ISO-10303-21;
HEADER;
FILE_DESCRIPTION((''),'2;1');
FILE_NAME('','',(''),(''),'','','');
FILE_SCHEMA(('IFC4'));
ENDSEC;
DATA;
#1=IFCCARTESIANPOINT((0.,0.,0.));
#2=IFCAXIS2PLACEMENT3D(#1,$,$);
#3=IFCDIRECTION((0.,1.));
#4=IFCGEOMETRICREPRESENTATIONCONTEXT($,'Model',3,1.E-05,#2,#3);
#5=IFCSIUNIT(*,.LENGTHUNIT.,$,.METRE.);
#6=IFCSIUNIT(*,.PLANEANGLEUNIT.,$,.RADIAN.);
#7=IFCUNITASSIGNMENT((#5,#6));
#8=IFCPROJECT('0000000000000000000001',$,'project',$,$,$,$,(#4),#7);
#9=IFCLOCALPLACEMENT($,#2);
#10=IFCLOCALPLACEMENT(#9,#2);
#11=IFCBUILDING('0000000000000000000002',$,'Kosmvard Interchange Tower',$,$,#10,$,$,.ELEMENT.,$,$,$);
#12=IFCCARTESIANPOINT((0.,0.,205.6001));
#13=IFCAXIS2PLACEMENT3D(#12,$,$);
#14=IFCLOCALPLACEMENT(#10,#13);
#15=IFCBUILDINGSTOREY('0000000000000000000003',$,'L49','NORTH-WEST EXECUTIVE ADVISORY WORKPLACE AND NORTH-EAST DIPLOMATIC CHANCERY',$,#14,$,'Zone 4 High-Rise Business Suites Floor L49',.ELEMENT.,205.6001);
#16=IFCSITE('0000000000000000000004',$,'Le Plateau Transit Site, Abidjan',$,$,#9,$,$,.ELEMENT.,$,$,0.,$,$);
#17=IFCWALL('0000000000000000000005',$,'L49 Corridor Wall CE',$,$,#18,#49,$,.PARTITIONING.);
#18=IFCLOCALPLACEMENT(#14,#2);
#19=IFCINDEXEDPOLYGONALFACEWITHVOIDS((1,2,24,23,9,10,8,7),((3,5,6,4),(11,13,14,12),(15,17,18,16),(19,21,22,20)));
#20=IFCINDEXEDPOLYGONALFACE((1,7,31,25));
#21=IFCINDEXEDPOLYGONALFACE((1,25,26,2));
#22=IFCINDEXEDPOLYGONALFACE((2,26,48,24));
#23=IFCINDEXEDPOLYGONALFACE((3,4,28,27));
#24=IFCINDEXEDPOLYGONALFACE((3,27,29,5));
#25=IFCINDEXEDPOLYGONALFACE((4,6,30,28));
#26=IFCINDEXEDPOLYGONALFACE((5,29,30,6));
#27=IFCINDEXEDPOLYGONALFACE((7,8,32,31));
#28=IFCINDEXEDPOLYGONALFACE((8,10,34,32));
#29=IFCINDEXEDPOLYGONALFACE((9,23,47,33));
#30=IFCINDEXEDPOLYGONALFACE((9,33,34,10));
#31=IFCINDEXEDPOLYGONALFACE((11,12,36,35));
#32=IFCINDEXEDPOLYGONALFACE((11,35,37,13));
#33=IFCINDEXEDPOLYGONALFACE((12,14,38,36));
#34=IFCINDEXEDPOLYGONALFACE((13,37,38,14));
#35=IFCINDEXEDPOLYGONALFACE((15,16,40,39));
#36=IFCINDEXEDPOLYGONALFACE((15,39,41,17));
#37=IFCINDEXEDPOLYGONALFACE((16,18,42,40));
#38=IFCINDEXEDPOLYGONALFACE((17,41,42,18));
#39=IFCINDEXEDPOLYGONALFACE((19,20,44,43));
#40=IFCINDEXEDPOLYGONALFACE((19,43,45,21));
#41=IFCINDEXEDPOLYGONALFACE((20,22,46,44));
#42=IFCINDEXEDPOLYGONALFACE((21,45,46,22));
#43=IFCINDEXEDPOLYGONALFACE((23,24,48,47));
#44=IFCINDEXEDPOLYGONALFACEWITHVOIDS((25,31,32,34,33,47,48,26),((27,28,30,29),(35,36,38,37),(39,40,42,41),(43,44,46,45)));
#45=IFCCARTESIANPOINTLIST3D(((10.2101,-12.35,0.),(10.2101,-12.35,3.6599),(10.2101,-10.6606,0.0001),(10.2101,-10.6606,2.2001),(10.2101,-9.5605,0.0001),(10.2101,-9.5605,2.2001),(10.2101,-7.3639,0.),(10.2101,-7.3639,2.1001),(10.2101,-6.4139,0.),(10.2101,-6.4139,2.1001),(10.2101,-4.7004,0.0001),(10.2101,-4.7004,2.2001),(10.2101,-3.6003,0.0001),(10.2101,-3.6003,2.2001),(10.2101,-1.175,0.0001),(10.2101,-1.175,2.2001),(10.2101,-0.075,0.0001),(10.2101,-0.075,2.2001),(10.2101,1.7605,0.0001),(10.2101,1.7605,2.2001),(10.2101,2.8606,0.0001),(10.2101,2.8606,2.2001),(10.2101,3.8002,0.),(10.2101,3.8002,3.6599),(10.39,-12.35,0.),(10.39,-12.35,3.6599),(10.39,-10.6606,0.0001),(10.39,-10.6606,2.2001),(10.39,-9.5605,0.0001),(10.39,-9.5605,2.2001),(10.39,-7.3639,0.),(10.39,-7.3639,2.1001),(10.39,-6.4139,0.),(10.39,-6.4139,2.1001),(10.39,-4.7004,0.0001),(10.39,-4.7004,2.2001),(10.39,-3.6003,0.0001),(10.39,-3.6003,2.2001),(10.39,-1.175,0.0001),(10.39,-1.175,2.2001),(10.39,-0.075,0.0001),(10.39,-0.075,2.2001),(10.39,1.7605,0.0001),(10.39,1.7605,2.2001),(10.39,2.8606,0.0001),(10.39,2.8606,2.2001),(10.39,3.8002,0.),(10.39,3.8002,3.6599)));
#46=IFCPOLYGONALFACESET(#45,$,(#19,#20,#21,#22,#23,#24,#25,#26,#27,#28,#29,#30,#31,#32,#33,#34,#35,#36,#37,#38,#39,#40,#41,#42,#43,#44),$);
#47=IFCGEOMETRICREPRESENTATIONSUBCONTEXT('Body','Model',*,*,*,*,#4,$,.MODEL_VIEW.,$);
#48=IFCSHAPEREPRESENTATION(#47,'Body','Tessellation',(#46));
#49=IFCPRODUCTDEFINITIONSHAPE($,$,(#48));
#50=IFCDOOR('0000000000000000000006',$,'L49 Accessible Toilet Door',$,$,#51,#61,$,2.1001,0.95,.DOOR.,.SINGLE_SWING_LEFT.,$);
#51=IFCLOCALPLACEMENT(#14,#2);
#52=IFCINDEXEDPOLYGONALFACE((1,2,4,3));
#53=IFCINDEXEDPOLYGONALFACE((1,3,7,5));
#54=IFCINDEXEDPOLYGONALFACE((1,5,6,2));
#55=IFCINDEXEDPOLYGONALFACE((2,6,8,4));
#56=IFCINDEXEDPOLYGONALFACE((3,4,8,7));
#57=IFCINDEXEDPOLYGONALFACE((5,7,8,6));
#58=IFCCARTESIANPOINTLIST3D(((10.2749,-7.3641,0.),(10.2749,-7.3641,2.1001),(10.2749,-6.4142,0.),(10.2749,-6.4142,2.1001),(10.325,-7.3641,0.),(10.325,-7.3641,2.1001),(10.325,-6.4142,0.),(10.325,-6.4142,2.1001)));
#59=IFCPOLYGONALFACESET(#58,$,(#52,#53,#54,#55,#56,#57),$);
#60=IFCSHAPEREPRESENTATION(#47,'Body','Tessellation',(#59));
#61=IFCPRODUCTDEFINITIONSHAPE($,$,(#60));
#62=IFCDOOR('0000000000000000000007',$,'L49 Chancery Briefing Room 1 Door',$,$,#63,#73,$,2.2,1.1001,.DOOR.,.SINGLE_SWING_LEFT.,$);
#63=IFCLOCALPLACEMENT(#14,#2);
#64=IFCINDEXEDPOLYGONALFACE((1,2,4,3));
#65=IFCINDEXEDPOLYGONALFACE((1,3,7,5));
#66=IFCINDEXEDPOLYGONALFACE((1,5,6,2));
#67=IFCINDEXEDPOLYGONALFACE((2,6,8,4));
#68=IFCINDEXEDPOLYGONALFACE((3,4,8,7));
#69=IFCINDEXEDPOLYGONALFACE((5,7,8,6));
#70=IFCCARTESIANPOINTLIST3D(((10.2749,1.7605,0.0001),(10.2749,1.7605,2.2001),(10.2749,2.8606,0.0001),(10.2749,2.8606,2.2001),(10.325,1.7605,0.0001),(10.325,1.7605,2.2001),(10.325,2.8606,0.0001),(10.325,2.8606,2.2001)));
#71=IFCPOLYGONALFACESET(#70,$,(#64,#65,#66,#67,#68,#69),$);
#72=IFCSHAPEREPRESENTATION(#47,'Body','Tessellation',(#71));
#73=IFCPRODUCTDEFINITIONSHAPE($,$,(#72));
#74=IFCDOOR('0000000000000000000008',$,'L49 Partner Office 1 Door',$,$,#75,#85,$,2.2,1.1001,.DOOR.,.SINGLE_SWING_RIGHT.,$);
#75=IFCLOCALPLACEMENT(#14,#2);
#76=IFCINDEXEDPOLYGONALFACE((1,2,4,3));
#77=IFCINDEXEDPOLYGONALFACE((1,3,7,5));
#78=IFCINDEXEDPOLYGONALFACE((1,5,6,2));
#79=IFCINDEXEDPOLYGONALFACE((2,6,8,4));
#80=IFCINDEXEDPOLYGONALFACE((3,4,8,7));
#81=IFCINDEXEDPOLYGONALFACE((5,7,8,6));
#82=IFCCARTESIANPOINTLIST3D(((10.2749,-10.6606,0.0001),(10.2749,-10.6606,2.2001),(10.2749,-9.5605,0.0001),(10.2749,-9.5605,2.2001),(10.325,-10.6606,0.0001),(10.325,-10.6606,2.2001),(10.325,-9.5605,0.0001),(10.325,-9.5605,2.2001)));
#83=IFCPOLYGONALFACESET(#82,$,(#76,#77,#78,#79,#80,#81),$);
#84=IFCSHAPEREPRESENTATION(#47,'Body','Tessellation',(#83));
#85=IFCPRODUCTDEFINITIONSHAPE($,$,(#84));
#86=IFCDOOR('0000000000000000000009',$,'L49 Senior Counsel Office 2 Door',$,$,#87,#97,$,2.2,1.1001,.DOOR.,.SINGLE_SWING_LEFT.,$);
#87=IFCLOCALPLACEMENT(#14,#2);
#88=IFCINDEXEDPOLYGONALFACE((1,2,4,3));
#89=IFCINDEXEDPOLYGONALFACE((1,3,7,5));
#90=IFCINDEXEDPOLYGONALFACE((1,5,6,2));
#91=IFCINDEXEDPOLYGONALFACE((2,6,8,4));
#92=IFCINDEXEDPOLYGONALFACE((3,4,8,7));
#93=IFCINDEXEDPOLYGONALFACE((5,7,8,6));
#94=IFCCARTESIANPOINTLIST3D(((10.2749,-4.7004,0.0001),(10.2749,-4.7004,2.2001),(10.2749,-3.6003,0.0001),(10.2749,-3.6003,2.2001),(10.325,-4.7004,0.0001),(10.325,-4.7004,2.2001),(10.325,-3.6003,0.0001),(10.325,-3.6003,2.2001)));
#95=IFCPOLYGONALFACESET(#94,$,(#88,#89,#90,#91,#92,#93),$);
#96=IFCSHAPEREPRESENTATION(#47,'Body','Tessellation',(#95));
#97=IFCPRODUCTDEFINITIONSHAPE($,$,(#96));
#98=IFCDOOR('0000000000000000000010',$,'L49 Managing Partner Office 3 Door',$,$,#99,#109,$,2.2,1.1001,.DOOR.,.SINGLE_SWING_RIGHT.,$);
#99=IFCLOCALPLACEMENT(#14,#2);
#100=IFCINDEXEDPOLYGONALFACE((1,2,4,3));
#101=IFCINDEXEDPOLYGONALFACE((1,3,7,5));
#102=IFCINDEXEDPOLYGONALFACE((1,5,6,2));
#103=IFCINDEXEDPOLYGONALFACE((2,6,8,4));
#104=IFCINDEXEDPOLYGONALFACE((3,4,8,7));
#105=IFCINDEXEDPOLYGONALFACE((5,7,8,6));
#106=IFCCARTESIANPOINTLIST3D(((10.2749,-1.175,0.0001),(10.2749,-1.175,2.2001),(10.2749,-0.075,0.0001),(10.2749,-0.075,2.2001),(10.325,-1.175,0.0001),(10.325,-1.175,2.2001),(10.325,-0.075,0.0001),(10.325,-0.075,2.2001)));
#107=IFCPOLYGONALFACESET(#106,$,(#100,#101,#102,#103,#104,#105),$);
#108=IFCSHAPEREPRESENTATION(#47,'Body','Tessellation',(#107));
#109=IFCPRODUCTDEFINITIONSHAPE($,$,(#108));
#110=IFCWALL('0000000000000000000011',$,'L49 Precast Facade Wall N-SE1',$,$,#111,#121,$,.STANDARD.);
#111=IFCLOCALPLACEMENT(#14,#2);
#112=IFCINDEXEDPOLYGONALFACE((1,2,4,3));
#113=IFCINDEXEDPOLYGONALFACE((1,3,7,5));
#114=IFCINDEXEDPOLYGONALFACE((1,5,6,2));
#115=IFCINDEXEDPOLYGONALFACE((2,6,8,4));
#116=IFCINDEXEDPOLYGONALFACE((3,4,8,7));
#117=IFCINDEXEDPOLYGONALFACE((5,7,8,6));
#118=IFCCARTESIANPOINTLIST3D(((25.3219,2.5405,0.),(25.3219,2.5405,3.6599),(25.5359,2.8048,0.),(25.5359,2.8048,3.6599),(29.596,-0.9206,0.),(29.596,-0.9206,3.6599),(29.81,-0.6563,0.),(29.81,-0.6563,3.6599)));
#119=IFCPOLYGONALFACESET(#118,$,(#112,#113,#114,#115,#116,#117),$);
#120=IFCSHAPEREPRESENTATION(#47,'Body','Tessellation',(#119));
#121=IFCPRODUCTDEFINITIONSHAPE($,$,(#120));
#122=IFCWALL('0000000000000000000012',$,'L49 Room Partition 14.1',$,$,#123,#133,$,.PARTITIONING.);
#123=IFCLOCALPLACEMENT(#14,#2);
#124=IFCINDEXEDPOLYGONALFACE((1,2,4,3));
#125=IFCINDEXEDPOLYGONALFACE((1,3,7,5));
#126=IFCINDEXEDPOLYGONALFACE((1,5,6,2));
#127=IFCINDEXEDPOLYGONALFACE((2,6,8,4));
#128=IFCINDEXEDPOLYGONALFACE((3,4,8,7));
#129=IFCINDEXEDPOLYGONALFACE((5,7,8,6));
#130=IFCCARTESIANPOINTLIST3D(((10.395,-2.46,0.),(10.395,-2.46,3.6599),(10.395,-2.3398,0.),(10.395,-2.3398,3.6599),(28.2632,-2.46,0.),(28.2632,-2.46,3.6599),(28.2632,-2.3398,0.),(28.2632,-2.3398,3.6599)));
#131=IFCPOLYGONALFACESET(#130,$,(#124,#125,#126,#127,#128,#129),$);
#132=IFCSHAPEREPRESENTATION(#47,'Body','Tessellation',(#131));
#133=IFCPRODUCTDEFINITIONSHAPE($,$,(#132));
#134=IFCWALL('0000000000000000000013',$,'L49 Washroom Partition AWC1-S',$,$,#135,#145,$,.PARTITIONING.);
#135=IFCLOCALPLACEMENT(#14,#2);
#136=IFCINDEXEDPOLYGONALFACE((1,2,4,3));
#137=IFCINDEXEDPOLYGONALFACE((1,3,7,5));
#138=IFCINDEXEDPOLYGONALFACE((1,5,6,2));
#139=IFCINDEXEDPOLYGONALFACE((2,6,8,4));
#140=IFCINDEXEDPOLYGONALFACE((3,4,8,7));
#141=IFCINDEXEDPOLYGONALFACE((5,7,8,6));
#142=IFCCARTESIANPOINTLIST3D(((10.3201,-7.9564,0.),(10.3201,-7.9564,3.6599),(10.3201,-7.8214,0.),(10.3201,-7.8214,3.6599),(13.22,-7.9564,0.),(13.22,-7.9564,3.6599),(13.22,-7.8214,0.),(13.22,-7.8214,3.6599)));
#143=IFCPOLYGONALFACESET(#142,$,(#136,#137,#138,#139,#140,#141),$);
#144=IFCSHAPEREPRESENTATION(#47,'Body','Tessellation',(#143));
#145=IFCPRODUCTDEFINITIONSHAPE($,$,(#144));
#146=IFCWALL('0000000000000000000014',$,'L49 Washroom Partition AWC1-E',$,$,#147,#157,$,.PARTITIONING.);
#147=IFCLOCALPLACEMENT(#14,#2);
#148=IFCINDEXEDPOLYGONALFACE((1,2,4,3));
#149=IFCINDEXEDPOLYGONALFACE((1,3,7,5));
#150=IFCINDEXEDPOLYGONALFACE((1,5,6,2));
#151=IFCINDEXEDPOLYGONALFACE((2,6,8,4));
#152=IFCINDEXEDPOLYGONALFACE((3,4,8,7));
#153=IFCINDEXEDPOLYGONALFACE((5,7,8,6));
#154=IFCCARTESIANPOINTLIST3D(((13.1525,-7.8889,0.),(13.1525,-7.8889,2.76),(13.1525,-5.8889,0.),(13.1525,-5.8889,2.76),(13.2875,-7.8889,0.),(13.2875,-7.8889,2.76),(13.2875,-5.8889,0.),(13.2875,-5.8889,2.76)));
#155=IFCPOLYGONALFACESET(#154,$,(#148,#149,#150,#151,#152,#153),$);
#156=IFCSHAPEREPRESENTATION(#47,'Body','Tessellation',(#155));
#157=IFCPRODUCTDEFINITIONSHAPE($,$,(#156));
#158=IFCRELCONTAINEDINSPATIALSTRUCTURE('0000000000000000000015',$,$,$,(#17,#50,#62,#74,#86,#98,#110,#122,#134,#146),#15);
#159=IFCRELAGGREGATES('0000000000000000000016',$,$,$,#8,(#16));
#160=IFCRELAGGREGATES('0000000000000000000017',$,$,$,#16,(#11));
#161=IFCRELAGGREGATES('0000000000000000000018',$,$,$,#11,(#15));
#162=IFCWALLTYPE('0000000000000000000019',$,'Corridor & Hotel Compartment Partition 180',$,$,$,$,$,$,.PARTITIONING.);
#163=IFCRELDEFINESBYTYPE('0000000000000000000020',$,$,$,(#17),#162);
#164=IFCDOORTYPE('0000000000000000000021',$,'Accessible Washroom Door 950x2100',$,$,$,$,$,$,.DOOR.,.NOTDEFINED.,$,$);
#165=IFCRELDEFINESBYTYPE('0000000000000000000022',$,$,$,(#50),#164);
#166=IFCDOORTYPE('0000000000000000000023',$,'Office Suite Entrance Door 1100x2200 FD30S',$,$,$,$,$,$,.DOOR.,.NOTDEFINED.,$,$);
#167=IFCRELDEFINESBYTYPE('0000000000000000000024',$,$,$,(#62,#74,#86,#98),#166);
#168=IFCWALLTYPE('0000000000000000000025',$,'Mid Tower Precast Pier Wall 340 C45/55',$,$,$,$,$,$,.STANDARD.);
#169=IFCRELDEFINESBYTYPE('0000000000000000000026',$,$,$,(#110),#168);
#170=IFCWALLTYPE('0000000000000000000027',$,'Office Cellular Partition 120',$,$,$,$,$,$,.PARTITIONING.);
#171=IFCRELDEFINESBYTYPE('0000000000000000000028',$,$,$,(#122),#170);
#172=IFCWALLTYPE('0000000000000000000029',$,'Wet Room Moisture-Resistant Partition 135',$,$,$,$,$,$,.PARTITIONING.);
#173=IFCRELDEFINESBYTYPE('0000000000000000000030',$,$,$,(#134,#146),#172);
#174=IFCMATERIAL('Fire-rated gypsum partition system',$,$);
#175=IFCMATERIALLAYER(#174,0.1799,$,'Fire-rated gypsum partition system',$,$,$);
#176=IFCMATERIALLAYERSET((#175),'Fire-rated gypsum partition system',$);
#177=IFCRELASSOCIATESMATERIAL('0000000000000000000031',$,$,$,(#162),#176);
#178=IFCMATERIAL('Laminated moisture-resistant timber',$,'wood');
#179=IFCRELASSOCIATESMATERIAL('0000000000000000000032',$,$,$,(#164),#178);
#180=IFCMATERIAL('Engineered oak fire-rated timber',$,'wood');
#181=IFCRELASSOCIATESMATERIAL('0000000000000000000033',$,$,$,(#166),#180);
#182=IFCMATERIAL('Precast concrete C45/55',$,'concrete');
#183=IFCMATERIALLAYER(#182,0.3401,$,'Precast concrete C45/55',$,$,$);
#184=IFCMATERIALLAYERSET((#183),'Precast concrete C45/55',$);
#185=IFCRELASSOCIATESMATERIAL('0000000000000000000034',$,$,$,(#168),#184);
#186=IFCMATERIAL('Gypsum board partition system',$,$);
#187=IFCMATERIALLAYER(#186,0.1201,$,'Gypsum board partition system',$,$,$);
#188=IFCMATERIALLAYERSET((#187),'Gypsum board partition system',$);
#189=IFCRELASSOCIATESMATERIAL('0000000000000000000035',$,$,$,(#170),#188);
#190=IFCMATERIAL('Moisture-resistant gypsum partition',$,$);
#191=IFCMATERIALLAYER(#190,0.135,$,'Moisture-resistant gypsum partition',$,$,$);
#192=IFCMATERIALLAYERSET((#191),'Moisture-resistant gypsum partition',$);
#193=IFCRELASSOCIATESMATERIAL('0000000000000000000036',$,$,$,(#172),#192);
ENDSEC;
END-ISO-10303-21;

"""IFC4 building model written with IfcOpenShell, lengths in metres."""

from ifc_helpers import new_model, si_unit, direction, frame, frame_2d, origin, place, context, subcontext, project, spatial, rectangle, extrude, source, transform, mapped, material, layer, layer_set, type_object, element, fill, save


model = new_model("IFC4")

# Units and contexts
model_context = context("Model", 3, precision=1e-05, world=origin(), true_north=direction((0.0, 1.0)))
body_context = subcontext(model_context, "Body", "Model", "MODEL_VIEW")
ifc_project = project(units=[si_unit("LENGTHUNIT", "METRE"), si_unit("PLANEANGLEUNIT", "RADIAN")], contexts=[model_context])

# Site, building, storey
site_placement = place(None, origin())
site = spatial("IfcSite", under=ifc_project, at=site_placement, Name="Le Plateau Transit Site, Abidjan", CompositionType="ELEMENT", RefElevation=0.0)
building_placement = place(site_placement, origin())
building = spatial("IfcBuilding", under=site, at=building_placement, Name="Kosmvard Interchange Tower", CompositionType="ELEMENT")
storey_placement = place(building_placement, frame((0.0, 0.0, 205.6001)))
storey = spatial("IfcBuildingStorey", under=building, at=storey_placement, Name="L49", Description="NORTH-WEST EXECUTIVE ADVISORY WORKPLACE AND NORTH-EAST DIPLOMATIC CHANCERY", LongName="Zone 4 High-Rise Business Suites Floor L49", CompositionType="ELEMENT", Elevation=205.6001)

# Shared definitions
ifc_material_1 = material(Name="Precast concrete C45/55", Category="concrete")

# Wall, openings, doors
ifc_material_2 = material(Name="Fire-rated gypsum partition system")
ifc_layer_1 = layer(ifc_material_2, 0.1799, Name="Fire-rated gypsum partition system")
ifc_layer_set_1 = layer_set([ifc_layer_1], Name="Fire-rated gypsum partition system")
wall_type_1 = type_object("IfcWallType", Name="Corridor & Hotel Compartment Partition 180", PredefinedType="PARTITIONING", material=ifc_layer_set_1)
wall_1_placement = place(storey_placement, frame((10.3, -12.3501, 0.0), z_axis=(0.0, 0.0, 1.0), x_axis=(0.0, 1.0, 0.0)))
wall_1 = element("IfcWall", 1, at=wall_1_placement, inside=storey, type_object=wall_type_1, Name="L49 Corridor Wall CE", PredefinedType="PARTITIONING", context=body_context, shape_type="SweptSolid", body=[
    extrude(rectangle(XDim=16.1501, YDim=0.1799, at=frame_2d((8.0752, 0.0))), origin(), (0.0, 0.0, 1.0), 3.6599),
])
opening_1_placement = place(wall_1_placement, frame((4.9861, 0.0, 0.0)))
opening_1 = element("IfcOpeningElement", 2, at=opening_1_placement, cuts=wall_1, PredefinedType="OPENING", context=body_context, shape_type="SweptSolid", body=[
    extrude(rectangle(XDim=0.95, YDim=2.1001, at=frame_2d((0.4751, 1.05))), frame((0.0, 0.1001, 0.0), z_axis=(0.0, -1.0, 0.0), x_axis=(1.0, 0.0, 0.0)), (0.0, 0.0, 1.0), 0.2),
])
opening_2_placement = place(wall_1_placement, frame((14.1106, 0.0, 0.0)))
opening_2 = element("IfcOpeningElement", 3, at=opening_2_placement, cuts=wall_1, PredefinedType="OPENING", context=body_context, shape_type="SweptSolid", body=[
    extrude(rectangle(XDim=1.1001, YDim=2.2, at=frame_2d((0.55, 1.1001))), frame((0.0, 0.1001, 0.0), z_axis=(0.0, -1.0, 0.0), x_axis=(1.0, 0.0, 0.0)), (0.0, 0.0, 1.0), 0.2),
])
opening_3_placement = place(wall_1_placement, frame((1.6895, 0.0, 0.0)))
opening_3 = element("IfcOpeningElement", 4, at=opening_3_placement, cuts=wall_1, PredefinedType="OPENING", context=body_context, shape_type="SweptSolid", body=[
    extrude(rectangle(XDim=1.1001, YDim=2.2, at=frame_2d((0.55, 1.1001))), frame((0.0, 0.1001, 0.0), z_axis=(0.0, -1.0, 0.0), x_axis=(1.0, 0.0, 0.0)), (0.0, 0.0, 1.0), 0.2),
])
opening_4_placement = place(wall_1_placement, frame((7.6497, 0.0, 0.0)))
opening_4 = element("IfcOpeningElement", 5, at=opening_4_placement, cuts=wall_1, PredefinedType="OPENING", context=body_context, shape_type="SweptSolid", body=[
    extrude(rectangle(XDim=1.1001, YDim=2.2, at=frame_2d((0.55, 1.1001))), frame((0.0, 0.1001, 0.0), z_axis=(0.0, -1.0, 0.0), x_axis=(1.0, 0.0, 0.0)), (0.0, 0.0, 1.0), 0.2),
])
opening_5_placement = place(wall_1_placement, frame((11.175, 0.0, 0.0)))
opening_5 = element("IfcOpeningElement", 6, at=opening_5_placement, cuts=wall_1, PredefinedType="OPENING", context=body_context, shape_type="SweptSolid", body=[
    extrude(rectangle(XDim=1.1001, YDim=2.2, at=frame_2d((0.55, 1.1001))), frame((0.0, 0.1001, 0.0), z_axis=(0.0, -1.0, 0.0), x_axis=(1.0, 0.0, 0.0)), (0.0, 0.0, 1.0), 0.2),
])
ifc_material_3 = material(Name="Laminated moisture-resistant timber", Category="wood")
door_type_1 = type_object("IfcDoorType", Name="Accessible Washroom Door 950x2100", OperationType="NOTDEFINED", PredefinedType="DOOR", material=ifc_material_3)
shared_shape_1 = source(origin(), body_context, "Body", "SweptSolid", [
    extrude(rectangle(XDim=0.95, YDim=2.1001, at=frame_2d((0.4751, 1.05))), frame((0.0, 0.0249, 0.0), z_axis=(0.0, -1.0, 0.0), x_axis=(1.0, 0.0, 0.0)), (0.0, 0.0, 1.0), 0.05),
])
door_1_placement = place(opening_1_placement, frame((0.95, 0.0, 0.0), z_axis=(0.0, 0.0, 1.0), x_axis=(-1.0, 0.0, 0.0)))
door_1 = element("IfcDoor", 7, at=door_1_placement, inside=storey, type_object=door_type_1, Name="L49 Accessible Toilet Door", OperationType="SINGLE_SWING_LEFT", OverallHeight=2.1001, OverallWidth=0.95, PredefinedType="DOOR", context=body_context, shape_type="MappedRepresentation", body=[
    mapped(shared_shape_1, transform((0.0, 0.0, 0.0), scale=1.0)),
])
fill(opening_1, door_1)
ifc_material_4 = material(Name="Engineered oak fire-rated timber", Category="wood")
door_type_2 = type_object("IfcDoorType", Name="Office Suite Entrance Door 1100x2200 FD30S", OperationType="NOTDEFINED", PredefinedType="DOOR", material=ifc_material_4)
shared_shape_2 = source(origin(), body_context, "Body", "SweptSolid", [
    extrude(rectangle(XDim=1.1001, YDim=2.2, at=frame_2d((0.55, 1.1001))), frame((0.0, 0.0249, 0.0), z_axis=(0.0, -1.0, 0.0), x_axis=(1.0, 0.0, 0.0)), (0.0, 0.0, 1.0), 0.05),
])
door_2_placement = place(opening_2_placement, frame((1.1001, 0.0, 0.0), z_axis=(0.0, 0.0, 1.0), x_axis=(-1.0, 0.0, 0.0)))
door_2 = element("IfcDoor", 8, at=door_2_placement, inside=storey, type_object=door_type_2, Name="L49 Chancery Briefing Room 1 Door", OperationType="SINGLE_SWING_LEFT", OverallHeight=2.2, OverallWidth=1.1001, PredefinedType="DOOR", context=body_context, shape_type="MappedRepresentation", body=[
    mapped(shared_shape_2, transform((0.0, 0.0, 0.0), scale=1.0)),
])
fill(opening_2, door_2)
door_3_placement = place(opening_3_placement, frame((1.1001, 0.0, 0.0), z_axis=(0.0, 0.0, 1.0), x_axis=(-1.0, 0.0, 0.0)))
door_3 = element("IfcDoor", 9, at=door_3_placement, inside=storey, type_object=door_type_2, Name="L49 Partner Office 1 Door", OperationType="SINGLE_SWING_RIGHT", OverallHeight=2.2, OverallWidth=1.1001, PredefinedType="DOOR", context=body_context, shape_type="MappedRepresentation", body=[
    mapped(shared_shape_2, transform((0.0, 0.0, 0.0), scale=1.0)),
])
fill(opening_3, door_3)
door_4_placement = place(opening_4_placement, frame((1.1001, 0.0, 0.0), z_axis=(0.0, 0.0, 1.0), x_axis=(-1.0, 0.0, 0.0)))
door_4 = element("IfcDoor", 10, at=door_4_placement, inside=storey, type_object=door_type_2, Name="L49 Senior Counsel Office 2 Door", OperationType="SINGLE_SWING_LEFT", OverallHeight=2.2, OverallWidth=1.1001, PredefinedType="DOOR", context=body_context, shape_type="MappedRepresentation", body=[
    mapped(shared_shape_2, transform((0.0, 0.0, 0.0), scale=1.0)),
])
fill(opening_4, door_4)
door_5_placement = place(opening_5_placement, frame((1.1001, 0.0, 0.0), z_axis=(0.0, 0.0, 1.0), x_axis=(-1.0, 0.0, 0.0)))
door_5 = element("IfcDoor", 11, at=door_5_placement, inside=storey, type_object=door_type_2, Name="L49 Managing Partner Office 3 Door", OperationType="SINGLE_SWING_RIGHT", OverallHeight=2.2, OverallWidth=1.1001, PredefinedType="DOOR", context=body_context, shape_type="MappedRepresentation", body=[
    mapped(shared_shape_2, transform((0.0, 0.0, 0.0), scale=1.0)),
])
fill(opening_5, door_5)

# Walls
ifc_layer_2 = layer(ifc_material_1, 0.3401, Name="Precast concrete C45/55")
ifc_layer_set_2 = layer_set([ifc_layer_2], Name="Precast concrete C45/55")
wall_type_2 = type_object("IfcWallType", Name="Mid Tower Precast Pier Wall 340 C45/55", PredefinedType="STANDARD", material=ifc_layer_set_2)
wall_2_placement = place(storey_placement, frame((29.7031, -0.7886, 0.0), z_axis=(0.0, 0.0, 1.0), x_axis=(-0.777144, 0.629323, 0.0)))
element("IfcWall", 12, at=wall_2_placement, inside=storey, type_object=wall_type_2, Name="L49 Precast Facade Wall N-SE1", PredefinedType="STANDARD", context=body_context, shape_type="SweptSolid", body=[
    extrude(rectangle(XDim=5.4998, YDim=0.3401, at=frame_2d((2.75, 0.0))), origin(), (0.0, 0.0, 1.0), 3.6599),
])
ifc_material_5 = material(Name="Gypsum board partition system")
ifc_layer_3 = layer(ifc_material_5, 0.1201, Name="Gypsum board partition system")
ifc_layer_set_3 = layer_set([ifc_layer_3], Name="Gypsum board partition system")
wall_type_3 = type_object("IfcWallType", Name="Office Cellular Partition 120", PredefinedType="PARTITIONING", material=ifc_layer_set_3)
wall_3_placement = place(storey_placement, frame((10.395, -2.3999, 0.0), z_axis=(0.0, 0.0, 1.0), x_axis=(1.0, 0.0, 0.0)))
element("IfcWall", 13, at=wall_3_placement, inside=storey, type_object=wall_type_3, Name="L49 Room Partition 14.1", PredefinedType="PARTITIONING", context=body_context, shape_type="SweptSolid", body=[
    extrude(rectangle(XDim=17.8682, YDim=0.1201, at=frame_2d((8.9341, 0.0))), origin(), (0.0, 0.0, 1.0), 3.6599),
])
ifc_material_6 = material(Name="Moisture-resistant gypsum partition")
ifc_layer_4 = layer(ifc_material_6, 0.135, Name="Moisture-resistant gypsum partition")
ifc_layer_set_4 = layer_set([ifc_layer_4], Name="Moisture-resistant gypsum partition")
wall_type_4 = type_object("IfcWallType", Name="Wet Room Moisture-Resistant Partition 135", PredefinedType="PARTITIONING", material=ifc_layer_set_4)
wall_4_placement = place(storey_placement, frame((10.3201, -7.8889, 0.0), z_axis=(0.0, 0.0, 1.0), x_axis=(1.0, 0.0, 0.0)))
element("IfcWall", 14, at=wall_4_placement, inside=storey, type_object=wall_type_4, Name="L49 Washroom Partition AWC1-S", PredefinedType="PARTITIONING", context=body_context, shape_type="SweptSolid", body=[
    extrude(rectangle(XDim=2.8999, YDim=0.135, at=frame_2d((1.45, 0.0))), origin(), (0.0, 0.0, 1.0), 3.6599),
])
wall_5_placement = place(storey_placement, frame((13.22, -7.8889, 0.0), z_axis=(0.0, 0.0, 1.0), x_axis=(0.0, 1.0, 0.0)))
element("IfcWall", 15, at=wall_5_placement, inside=storey, type_object=wall_type_4, Name="L49 Washroom Partition AWC1-E", PredefinedType="PARTITIONING", context=body_context, shape_type="SweptSolid", body=[
    extrude(rectangle(XDim=2.0, YDim=0.135, at=frame_2d((1.0, 0.0))), origin(), (0.0, 0.0, 1.0), 2.76),
])

save(model, "model.ifc")
